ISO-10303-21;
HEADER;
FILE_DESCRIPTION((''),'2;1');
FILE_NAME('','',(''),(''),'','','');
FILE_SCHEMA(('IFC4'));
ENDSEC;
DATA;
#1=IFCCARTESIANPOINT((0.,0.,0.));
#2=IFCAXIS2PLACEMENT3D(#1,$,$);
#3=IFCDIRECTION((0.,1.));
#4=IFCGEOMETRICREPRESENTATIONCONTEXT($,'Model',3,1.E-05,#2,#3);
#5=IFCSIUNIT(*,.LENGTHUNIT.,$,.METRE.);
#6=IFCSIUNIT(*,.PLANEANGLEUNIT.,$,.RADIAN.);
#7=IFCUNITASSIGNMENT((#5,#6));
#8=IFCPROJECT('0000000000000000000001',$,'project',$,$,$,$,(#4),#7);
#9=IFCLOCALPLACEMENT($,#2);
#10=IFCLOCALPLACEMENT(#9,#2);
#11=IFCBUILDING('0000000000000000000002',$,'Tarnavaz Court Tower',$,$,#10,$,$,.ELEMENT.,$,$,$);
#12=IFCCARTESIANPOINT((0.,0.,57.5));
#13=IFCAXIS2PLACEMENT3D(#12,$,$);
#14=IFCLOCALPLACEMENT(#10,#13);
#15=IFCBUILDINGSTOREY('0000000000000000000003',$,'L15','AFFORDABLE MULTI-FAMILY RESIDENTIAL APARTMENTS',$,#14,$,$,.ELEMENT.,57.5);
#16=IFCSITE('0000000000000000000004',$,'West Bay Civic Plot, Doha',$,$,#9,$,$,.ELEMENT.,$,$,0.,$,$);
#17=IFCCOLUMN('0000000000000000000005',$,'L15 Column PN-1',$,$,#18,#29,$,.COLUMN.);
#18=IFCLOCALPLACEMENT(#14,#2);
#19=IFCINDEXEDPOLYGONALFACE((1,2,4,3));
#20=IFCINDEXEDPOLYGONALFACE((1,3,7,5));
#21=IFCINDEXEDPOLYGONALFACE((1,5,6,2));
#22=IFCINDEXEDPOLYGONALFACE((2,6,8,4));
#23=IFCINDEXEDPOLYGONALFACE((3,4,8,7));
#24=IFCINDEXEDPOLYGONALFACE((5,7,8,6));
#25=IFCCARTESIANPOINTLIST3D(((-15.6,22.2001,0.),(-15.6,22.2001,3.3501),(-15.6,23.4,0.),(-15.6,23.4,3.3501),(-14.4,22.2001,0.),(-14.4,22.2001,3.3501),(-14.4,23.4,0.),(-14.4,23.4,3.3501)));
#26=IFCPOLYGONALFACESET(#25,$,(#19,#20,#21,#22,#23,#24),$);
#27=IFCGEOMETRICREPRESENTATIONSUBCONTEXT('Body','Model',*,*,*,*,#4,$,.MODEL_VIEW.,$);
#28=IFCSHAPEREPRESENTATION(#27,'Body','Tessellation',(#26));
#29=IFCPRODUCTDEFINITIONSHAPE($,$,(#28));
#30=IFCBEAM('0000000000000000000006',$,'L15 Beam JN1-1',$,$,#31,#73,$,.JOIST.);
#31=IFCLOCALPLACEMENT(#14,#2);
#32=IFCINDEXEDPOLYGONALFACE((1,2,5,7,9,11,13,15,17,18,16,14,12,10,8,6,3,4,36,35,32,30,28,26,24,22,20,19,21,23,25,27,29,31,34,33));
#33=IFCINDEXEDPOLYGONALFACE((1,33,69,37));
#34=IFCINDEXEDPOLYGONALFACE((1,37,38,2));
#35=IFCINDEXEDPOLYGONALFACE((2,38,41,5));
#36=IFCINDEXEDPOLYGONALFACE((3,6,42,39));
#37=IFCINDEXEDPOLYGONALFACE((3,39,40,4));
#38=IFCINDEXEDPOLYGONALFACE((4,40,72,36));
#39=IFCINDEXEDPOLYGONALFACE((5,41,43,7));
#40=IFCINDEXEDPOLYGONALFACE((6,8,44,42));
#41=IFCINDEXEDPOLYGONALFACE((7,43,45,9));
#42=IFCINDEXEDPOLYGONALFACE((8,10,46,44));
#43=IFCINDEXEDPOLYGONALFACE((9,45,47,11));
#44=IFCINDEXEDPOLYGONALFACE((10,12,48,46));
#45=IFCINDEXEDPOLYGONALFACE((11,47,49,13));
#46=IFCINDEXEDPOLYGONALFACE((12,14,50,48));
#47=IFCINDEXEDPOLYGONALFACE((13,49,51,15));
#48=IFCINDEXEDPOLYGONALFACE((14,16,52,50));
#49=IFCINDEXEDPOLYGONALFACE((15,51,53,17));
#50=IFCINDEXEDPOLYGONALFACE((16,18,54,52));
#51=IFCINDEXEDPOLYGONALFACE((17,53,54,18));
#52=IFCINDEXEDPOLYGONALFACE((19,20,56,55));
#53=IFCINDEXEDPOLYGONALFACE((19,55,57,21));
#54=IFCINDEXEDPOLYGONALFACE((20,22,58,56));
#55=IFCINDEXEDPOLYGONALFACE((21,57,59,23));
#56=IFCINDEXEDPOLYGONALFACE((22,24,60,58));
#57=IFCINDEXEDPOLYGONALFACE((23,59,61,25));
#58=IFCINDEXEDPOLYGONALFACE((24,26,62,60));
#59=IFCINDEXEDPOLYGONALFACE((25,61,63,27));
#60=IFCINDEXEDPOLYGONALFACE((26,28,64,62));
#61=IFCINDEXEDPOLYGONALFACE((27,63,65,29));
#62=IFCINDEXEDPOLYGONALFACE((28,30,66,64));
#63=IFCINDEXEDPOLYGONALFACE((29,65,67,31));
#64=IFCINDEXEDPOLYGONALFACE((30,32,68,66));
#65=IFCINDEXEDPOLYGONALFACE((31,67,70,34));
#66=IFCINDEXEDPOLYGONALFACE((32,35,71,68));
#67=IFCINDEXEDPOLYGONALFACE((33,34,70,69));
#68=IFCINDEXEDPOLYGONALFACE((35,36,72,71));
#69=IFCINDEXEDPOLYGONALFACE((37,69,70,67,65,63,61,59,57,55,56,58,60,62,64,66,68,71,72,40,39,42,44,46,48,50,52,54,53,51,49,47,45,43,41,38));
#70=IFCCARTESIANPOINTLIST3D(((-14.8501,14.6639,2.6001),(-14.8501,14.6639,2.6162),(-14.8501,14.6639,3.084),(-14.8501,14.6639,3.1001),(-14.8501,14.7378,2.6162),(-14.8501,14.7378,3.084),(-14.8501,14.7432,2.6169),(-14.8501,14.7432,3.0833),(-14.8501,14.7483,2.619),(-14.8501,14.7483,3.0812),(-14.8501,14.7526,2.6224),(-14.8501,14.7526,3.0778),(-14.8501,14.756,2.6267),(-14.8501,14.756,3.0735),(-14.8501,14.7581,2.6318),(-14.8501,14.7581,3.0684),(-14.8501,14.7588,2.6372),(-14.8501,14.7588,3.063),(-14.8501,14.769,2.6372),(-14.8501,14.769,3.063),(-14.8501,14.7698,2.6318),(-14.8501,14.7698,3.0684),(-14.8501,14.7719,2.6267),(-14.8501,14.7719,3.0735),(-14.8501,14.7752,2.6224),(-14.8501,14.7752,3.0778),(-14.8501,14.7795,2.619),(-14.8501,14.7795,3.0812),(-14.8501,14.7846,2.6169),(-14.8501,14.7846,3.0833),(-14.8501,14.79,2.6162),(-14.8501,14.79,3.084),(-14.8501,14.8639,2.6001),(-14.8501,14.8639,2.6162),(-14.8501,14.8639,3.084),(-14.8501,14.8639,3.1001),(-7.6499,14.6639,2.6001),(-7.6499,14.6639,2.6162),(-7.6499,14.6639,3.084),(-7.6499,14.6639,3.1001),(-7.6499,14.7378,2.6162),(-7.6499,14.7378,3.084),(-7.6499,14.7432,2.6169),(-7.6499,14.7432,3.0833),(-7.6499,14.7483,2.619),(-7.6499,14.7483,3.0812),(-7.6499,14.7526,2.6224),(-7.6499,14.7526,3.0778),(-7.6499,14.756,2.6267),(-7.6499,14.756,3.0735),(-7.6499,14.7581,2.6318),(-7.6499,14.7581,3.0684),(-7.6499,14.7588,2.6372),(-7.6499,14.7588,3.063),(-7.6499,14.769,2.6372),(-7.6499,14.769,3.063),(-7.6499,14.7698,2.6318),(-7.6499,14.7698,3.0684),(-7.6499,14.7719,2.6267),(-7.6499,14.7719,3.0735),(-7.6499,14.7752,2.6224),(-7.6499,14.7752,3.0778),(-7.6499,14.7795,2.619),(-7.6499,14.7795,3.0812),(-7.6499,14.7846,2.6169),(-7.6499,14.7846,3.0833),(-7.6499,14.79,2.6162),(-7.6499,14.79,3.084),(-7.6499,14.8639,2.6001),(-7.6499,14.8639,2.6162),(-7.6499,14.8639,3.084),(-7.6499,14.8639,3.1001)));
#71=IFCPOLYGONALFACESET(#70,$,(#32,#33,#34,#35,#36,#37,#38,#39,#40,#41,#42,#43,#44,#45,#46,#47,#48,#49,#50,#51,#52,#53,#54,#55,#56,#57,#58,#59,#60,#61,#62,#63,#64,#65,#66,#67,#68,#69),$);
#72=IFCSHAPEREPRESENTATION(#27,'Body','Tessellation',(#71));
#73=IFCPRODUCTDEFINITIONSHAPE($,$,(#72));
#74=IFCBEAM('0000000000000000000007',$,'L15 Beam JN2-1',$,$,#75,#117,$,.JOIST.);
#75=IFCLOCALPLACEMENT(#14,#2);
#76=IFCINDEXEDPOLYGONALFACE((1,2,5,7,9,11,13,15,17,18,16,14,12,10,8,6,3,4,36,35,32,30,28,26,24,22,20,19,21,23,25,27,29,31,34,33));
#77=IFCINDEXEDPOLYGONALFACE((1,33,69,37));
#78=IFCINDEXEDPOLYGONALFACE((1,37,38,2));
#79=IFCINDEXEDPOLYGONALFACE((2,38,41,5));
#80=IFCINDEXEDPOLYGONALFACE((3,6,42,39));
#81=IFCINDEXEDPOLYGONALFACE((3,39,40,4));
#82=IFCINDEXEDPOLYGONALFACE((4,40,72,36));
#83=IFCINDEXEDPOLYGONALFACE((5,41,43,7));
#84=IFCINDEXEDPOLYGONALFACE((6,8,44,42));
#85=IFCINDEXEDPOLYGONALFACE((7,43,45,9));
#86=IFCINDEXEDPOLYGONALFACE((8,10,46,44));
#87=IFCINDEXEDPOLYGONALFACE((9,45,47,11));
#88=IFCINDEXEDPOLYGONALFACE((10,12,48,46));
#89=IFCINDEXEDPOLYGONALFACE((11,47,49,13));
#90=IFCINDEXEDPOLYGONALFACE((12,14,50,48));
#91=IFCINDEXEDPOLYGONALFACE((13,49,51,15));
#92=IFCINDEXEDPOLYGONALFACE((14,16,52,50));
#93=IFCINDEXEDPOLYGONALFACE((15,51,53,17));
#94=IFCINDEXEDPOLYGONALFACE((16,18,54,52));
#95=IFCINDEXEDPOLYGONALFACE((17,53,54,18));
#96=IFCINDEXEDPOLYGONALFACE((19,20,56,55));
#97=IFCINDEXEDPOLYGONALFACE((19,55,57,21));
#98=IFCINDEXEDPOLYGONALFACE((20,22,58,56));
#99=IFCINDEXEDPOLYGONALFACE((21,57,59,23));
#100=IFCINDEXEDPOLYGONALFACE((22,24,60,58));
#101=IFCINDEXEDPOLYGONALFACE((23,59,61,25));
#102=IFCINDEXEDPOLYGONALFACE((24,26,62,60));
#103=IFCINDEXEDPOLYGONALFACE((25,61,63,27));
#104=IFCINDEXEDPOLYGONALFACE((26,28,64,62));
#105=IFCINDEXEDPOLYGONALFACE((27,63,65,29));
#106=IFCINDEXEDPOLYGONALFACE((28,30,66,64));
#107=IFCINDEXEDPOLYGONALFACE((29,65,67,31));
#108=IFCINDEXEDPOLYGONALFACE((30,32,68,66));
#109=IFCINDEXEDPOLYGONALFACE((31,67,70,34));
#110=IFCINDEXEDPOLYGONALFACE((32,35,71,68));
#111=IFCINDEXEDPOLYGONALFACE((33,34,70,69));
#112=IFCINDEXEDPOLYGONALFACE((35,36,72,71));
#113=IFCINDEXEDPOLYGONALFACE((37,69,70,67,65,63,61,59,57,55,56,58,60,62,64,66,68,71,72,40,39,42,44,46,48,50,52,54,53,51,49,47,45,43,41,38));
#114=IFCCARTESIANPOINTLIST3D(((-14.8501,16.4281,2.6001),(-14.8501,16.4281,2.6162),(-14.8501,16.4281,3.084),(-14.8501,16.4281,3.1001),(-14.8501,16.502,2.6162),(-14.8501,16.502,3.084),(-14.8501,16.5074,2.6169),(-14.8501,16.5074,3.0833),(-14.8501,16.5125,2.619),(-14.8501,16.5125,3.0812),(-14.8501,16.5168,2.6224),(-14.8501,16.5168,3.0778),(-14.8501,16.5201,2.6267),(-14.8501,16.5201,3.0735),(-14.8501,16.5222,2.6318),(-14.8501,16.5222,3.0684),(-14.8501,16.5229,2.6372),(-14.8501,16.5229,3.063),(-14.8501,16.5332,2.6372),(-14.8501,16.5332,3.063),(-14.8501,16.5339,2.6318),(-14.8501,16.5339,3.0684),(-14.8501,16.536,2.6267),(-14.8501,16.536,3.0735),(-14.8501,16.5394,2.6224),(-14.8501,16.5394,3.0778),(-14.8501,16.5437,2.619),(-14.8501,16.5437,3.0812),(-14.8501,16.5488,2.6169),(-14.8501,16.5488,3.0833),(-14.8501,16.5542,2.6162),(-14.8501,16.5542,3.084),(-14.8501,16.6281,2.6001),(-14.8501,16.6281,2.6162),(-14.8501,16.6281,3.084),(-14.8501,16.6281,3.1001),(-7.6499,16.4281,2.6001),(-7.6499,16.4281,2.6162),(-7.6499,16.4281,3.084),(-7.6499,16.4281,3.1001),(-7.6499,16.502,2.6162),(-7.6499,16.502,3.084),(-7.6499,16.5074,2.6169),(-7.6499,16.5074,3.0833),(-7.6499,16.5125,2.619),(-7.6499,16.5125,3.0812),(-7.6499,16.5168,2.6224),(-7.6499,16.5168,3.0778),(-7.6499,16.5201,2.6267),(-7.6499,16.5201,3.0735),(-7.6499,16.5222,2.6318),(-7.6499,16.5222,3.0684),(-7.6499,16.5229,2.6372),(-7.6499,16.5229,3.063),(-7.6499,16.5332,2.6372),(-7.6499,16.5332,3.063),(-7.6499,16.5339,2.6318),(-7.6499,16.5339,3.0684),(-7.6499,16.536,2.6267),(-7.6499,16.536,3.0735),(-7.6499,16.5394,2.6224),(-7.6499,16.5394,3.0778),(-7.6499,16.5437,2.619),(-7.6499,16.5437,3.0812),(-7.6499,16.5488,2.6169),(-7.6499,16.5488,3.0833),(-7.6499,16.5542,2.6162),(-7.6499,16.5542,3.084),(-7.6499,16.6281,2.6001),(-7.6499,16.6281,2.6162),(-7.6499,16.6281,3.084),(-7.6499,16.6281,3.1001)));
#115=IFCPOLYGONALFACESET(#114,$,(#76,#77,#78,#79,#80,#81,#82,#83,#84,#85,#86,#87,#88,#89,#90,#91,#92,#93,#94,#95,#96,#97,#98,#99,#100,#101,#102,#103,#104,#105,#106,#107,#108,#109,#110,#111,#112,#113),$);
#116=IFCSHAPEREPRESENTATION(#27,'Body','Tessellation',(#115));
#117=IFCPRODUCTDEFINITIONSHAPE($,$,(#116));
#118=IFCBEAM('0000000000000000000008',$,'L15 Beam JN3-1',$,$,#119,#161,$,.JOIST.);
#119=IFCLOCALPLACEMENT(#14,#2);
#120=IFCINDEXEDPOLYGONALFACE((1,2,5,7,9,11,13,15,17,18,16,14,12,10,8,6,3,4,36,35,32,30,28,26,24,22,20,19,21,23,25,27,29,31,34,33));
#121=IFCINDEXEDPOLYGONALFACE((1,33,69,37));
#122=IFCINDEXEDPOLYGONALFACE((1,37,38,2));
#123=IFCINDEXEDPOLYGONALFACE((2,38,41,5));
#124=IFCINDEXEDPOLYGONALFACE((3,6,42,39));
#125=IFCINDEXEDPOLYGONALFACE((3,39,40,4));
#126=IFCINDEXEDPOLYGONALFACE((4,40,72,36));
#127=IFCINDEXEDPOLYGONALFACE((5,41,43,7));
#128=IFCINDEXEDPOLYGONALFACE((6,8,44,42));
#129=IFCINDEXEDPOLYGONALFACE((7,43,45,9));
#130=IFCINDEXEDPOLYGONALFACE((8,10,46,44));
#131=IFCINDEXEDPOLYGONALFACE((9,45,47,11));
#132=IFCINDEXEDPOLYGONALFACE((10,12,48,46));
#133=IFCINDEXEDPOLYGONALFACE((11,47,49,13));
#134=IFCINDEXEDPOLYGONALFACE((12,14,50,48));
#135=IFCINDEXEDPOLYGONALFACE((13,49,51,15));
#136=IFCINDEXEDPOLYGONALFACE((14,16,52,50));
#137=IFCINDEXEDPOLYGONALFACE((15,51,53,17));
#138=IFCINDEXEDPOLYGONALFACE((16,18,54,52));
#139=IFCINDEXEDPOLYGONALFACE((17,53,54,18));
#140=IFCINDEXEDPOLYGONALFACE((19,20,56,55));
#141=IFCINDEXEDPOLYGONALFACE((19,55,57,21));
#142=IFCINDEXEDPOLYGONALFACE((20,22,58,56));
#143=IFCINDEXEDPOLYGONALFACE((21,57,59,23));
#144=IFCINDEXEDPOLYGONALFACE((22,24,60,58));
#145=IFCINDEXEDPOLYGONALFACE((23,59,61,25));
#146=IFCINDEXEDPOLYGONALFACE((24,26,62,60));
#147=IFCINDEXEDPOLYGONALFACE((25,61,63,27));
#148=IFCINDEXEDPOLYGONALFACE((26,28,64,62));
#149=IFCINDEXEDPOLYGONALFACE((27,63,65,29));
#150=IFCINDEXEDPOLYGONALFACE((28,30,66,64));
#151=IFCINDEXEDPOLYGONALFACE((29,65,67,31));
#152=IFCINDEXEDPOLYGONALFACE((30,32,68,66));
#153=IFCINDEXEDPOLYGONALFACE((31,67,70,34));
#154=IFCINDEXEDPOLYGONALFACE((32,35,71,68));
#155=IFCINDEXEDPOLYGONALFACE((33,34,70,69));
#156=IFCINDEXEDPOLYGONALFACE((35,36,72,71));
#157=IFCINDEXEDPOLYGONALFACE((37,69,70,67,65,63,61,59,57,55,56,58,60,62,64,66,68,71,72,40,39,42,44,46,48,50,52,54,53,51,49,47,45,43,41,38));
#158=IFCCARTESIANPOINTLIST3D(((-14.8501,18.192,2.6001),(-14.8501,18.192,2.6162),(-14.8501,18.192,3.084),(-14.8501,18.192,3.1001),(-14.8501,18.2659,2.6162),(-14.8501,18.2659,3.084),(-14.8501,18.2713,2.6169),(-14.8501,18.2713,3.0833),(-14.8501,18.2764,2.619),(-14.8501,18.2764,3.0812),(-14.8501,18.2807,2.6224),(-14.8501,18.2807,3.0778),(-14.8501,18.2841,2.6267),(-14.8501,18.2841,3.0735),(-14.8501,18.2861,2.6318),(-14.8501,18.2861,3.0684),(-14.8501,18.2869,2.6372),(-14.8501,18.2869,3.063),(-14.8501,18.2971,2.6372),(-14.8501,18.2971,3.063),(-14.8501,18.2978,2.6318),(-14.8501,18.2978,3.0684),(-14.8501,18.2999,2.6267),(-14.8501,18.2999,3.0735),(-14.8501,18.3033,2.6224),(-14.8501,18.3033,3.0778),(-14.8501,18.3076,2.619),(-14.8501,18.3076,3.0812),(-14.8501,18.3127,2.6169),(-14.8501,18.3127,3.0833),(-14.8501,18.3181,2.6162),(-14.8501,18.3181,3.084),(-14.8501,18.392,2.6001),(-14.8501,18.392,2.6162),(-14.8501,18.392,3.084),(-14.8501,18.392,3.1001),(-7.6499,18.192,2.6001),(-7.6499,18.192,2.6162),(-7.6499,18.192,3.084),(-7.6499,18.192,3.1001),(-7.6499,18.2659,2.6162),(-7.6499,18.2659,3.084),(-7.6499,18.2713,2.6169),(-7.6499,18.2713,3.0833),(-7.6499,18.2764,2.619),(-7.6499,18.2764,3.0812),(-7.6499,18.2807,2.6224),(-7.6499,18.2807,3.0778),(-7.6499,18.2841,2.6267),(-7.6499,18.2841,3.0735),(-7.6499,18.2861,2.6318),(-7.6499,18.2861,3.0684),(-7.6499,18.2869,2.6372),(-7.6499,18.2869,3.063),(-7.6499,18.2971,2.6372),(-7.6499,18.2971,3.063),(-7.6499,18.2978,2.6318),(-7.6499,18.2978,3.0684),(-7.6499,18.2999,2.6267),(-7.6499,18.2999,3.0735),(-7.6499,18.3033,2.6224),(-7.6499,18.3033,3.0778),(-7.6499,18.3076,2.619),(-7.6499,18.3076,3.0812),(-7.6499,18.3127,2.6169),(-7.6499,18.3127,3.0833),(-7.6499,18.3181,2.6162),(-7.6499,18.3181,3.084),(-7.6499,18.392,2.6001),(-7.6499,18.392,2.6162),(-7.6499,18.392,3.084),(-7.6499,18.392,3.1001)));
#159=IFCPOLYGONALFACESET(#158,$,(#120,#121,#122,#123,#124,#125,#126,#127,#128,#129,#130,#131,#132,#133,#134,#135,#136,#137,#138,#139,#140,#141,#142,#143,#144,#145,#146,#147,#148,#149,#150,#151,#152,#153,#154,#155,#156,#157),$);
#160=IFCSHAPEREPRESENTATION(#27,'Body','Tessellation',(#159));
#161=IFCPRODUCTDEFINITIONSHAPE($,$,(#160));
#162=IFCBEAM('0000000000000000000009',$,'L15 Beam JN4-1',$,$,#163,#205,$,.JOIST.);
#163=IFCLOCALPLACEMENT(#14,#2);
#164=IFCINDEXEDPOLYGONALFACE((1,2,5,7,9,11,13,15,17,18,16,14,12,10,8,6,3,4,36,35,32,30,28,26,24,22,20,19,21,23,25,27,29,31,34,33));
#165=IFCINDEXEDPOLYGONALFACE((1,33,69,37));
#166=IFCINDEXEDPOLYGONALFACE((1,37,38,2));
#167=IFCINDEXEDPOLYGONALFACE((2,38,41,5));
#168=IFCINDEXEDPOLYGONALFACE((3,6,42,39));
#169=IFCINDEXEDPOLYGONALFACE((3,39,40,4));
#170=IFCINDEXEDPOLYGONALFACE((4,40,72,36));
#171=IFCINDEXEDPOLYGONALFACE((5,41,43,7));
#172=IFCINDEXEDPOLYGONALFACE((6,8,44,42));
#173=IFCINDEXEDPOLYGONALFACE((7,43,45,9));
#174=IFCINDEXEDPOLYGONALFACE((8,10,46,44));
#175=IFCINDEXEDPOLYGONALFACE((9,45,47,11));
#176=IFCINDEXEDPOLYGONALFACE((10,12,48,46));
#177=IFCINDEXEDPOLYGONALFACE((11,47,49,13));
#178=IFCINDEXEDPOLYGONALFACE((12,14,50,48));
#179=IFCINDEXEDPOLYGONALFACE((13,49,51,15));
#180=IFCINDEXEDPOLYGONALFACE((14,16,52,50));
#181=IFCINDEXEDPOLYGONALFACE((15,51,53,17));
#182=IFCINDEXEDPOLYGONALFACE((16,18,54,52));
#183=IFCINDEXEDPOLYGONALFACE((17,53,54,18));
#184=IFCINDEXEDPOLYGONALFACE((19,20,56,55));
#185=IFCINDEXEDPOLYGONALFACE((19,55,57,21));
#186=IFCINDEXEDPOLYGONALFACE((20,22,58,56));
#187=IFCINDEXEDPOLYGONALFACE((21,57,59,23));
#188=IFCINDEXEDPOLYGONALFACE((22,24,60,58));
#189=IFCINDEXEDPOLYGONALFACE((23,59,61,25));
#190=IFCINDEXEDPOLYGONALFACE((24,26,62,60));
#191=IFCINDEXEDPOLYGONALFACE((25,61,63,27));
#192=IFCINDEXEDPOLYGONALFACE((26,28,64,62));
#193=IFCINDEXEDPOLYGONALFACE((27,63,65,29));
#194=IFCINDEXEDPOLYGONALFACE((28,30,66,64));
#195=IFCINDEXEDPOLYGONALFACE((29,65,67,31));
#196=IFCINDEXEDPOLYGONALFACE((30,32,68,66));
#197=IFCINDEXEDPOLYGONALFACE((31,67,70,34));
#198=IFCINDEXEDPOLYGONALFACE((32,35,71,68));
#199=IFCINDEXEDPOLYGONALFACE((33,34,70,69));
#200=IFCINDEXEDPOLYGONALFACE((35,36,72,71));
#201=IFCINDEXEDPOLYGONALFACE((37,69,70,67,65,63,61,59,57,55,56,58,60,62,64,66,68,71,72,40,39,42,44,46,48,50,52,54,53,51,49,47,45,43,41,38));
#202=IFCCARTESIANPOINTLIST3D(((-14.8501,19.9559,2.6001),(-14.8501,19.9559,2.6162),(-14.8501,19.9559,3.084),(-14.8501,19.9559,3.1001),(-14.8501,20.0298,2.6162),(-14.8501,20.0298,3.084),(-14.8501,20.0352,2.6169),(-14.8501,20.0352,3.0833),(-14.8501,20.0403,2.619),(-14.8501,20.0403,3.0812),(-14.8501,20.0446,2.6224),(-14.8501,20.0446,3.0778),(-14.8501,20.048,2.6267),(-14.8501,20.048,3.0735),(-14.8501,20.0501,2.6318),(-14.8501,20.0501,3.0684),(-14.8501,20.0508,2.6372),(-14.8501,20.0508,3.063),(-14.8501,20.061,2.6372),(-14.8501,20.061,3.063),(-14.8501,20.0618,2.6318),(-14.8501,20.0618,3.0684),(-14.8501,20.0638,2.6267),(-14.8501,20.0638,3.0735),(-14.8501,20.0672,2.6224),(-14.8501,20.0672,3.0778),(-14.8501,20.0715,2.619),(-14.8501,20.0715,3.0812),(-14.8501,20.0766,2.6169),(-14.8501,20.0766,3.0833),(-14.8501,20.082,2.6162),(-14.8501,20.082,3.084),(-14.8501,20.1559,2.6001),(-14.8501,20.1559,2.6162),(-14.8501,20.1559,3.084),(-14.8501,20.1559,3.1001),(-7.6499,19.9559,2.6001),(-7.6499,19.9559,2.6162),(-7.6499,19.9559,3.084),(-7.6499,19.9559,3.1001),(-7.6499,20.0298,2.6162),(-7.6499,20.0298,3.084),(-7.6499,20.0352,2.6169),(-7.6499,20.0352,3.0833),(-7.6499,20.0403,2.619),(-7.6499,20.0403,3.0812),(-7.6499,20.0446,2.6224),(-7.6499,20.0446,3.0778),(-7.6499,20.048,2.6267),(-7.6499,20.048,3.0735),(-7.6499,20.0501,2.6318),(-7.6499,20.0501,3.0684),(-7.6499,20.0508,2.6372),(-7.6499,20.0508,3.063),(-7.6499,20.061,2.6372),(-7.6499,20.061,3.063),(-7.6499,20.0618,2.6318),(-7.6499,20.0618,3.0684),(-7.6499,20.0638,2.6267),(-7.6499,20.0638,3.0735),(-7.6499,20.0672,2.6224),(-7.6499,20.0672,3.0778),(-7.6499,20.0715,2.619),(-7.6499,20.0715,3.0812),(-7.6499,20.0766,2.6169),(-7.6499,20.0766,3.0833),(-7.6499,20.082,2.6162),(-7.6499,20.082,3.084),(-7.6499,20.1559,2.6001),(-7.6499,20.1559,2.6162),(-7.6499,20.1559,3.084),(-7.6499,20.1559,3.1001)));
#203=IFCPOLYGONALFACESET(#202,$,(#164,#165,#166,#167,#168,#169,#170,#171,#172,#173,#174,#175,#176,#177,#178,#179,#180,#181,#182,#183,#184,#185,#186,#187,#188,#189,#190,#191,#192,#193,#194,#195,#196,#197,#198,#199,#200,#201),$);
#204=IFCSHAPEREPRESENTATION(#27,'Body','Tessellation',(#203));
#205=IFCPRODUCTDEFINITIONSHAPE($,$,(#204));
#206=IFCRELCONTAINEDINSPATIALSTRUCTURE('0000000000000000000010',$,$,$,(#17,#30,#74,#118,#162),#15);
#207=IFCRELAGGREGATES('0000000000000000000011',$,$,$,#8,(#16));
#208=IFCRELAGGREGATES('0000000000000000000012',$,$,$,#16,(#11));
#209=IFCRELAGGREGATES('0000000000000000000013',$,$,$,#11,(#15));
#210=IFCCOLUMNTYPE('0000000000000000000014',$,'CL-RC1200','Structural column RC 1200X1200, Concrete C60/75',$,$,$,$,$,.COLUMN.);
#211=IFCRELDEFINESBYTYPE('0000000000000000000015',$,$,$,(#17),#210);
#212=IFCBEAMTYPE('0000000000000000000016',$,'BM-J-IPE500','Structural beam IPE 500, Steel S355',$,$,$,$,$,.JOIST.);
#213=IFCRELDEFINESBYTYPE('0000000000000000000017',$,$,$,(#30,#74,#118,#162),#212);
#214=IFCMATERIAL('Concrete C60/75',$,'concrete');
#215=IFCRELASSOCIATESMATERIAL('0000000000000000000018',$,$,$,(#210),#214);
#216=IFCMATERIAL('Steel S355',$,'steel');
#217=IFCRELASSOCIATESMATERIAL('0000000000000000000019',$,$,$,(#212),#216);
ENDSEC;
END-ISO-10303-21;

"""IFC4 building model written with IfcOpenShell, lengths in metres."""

from ifc_helpers import new_model, si_unit, direction, frame, origin, origin_2d, place, context, subcontext, project, spatial, rectangle, i_section, extrude, material, material_profile, profile_set, type_object, element, save


model = new_model("IFC4")

# Units and contexts
model_context = context("Model", 3, precision=1e-05, world=origin(), true_north=direction((0.0, 1.0)))
body_context = subcontext(model_context, "Body", "Model", "MODEL_VIEW")
ifc_project = project(units=[si_unit("LENGTHUNIT", "METRE"), si_unit("PLANEANGLEUNIT", "RADIAN")], contexts=[model_context])

# Site, building, storey
site_placement = place(None, origin())
site = spatial("IfcSite", under=ifc_project, at=site_placement, Name="West Bay Civic Plot, Doha", CompositionType="ELEMENT", RefElevation=0.0)
building_placement = place(site_placement, origin())
building = spatial("IfcBuilding", under=site, at=building_placement, Name="Tarnavaz Court Tower", CompositionType="ELEMENT")
storey_placement = place(building_placement, frame((0.0, 0.0, 57.5)))
storey = spatial("IfcBuildingStorey", under=building, at=storey_placement, Name="L15", Description="AFFORDABLE MULTI-FAMILY RESIDENTIAL APARTMENTS", CompositionType="ELEMENT", Elevation=57.5)

# Column
ifc_material_1 = material(Name="Concrete C60/75", Category="concrete")
ifc_material_profile_1 = material_profile(ifc_material_1, rectangle(XDim=1.2, YDim=1.2, at=origin_2d()), Name="RC 1200X1200")
ifc_profile_set_1 = profile_set([ifc_material_profile_1], Name="Concrete C60/75")
column_type = type_object("IfcColumnType", Name="CL-RC1200", Description="Structural column RC 1200X1200, Concrete C60/75", PredefinedType="COLUMN", material=ifc_profile_set_1)
column_placement = place(storey_placement, frame((-15.0, 22.8, 0.0), z_axis=(0.0, 0.0, 1.0), x_axis=(1.0, 0.0, 0.0)))
element("IfcColumn", 1, at=column_placement, inside=storey, type_object=column_type, Name="L15 Column PN-1", PredefinedType="COLUMN", context=body_context, shape_type="SweptSolid", body=[
    extrude(rectangle(XDim=1.2, YDim=1.2, at=origin_2d()), origin(), (0.0, 0.0, 1.0), 3.3501),
])

# Beams
ifc_material_2 = material(Name="Steel S355", Category="steel")
ifc_material_profile_2 = material_profile(ifc_material_2, i_section(OverallWidth=0.2, OverallDepth=0.5, WebThickness=0.0103, FlangeThickness=0.0161, FilletRadius=0.021, at=origin_2d()), Name="IPE 500")
ifc_profile_set_2 = profile_set([ifc_material_profile_2], Name="Steel S355")
beam_type_1 = type_object("IfcBeamType", Name="BM-J-IPE500", Description="Structural beam IPE 500, Steel S355", PredefinedType="JOIST", material=ifc_profile_set_2)
for number, where, z_axis, x_axis, name in (
    (2, (-14.8501, 14.7639, 2.8501), (1.0, 0.0, 0.0), (0.0, 1.0, 0.0), "L15 Beam JN1-1"),
    (3, (-14.8501, 16.5281, 2.8501), (1.0, 0.0, 0.0), (0.0, 1.0, 0.0), "L15 Beam JN2-1"),
    (4, (-14.8501, 18.292, 2.8501), (1.0, 0.0, 0.0), (0.0, 1.0, 0.0), "L15 Beam JN3-1"),
    (5, (-14.8501, 20.0559, 2.8501), (1.0, 0.0, 0.0), (0.0, 1.0, 0.0), "L15 Beam JN4-1"),
):
    element("IfcBeam", number, at=place(storey_placement, frame(where, z_axis=z_axis, x_axis=x_axis)), inside=storey, type_object=beam_type_1, Name=name, PredefinedType="JOIST", context=body_context, shape_type="SweptSolid", body=[
        extrude(i_section(OverallWidth=0.2, OverallDepth=0.5, WebThickness=0.0103, FlangeThickness=0.0161, FilletRadius=0.021, at=origin_2d()), origin(), (0.0, 0.0, 1.0), 7.2002),
    ])

save(model, "model.ifc")
